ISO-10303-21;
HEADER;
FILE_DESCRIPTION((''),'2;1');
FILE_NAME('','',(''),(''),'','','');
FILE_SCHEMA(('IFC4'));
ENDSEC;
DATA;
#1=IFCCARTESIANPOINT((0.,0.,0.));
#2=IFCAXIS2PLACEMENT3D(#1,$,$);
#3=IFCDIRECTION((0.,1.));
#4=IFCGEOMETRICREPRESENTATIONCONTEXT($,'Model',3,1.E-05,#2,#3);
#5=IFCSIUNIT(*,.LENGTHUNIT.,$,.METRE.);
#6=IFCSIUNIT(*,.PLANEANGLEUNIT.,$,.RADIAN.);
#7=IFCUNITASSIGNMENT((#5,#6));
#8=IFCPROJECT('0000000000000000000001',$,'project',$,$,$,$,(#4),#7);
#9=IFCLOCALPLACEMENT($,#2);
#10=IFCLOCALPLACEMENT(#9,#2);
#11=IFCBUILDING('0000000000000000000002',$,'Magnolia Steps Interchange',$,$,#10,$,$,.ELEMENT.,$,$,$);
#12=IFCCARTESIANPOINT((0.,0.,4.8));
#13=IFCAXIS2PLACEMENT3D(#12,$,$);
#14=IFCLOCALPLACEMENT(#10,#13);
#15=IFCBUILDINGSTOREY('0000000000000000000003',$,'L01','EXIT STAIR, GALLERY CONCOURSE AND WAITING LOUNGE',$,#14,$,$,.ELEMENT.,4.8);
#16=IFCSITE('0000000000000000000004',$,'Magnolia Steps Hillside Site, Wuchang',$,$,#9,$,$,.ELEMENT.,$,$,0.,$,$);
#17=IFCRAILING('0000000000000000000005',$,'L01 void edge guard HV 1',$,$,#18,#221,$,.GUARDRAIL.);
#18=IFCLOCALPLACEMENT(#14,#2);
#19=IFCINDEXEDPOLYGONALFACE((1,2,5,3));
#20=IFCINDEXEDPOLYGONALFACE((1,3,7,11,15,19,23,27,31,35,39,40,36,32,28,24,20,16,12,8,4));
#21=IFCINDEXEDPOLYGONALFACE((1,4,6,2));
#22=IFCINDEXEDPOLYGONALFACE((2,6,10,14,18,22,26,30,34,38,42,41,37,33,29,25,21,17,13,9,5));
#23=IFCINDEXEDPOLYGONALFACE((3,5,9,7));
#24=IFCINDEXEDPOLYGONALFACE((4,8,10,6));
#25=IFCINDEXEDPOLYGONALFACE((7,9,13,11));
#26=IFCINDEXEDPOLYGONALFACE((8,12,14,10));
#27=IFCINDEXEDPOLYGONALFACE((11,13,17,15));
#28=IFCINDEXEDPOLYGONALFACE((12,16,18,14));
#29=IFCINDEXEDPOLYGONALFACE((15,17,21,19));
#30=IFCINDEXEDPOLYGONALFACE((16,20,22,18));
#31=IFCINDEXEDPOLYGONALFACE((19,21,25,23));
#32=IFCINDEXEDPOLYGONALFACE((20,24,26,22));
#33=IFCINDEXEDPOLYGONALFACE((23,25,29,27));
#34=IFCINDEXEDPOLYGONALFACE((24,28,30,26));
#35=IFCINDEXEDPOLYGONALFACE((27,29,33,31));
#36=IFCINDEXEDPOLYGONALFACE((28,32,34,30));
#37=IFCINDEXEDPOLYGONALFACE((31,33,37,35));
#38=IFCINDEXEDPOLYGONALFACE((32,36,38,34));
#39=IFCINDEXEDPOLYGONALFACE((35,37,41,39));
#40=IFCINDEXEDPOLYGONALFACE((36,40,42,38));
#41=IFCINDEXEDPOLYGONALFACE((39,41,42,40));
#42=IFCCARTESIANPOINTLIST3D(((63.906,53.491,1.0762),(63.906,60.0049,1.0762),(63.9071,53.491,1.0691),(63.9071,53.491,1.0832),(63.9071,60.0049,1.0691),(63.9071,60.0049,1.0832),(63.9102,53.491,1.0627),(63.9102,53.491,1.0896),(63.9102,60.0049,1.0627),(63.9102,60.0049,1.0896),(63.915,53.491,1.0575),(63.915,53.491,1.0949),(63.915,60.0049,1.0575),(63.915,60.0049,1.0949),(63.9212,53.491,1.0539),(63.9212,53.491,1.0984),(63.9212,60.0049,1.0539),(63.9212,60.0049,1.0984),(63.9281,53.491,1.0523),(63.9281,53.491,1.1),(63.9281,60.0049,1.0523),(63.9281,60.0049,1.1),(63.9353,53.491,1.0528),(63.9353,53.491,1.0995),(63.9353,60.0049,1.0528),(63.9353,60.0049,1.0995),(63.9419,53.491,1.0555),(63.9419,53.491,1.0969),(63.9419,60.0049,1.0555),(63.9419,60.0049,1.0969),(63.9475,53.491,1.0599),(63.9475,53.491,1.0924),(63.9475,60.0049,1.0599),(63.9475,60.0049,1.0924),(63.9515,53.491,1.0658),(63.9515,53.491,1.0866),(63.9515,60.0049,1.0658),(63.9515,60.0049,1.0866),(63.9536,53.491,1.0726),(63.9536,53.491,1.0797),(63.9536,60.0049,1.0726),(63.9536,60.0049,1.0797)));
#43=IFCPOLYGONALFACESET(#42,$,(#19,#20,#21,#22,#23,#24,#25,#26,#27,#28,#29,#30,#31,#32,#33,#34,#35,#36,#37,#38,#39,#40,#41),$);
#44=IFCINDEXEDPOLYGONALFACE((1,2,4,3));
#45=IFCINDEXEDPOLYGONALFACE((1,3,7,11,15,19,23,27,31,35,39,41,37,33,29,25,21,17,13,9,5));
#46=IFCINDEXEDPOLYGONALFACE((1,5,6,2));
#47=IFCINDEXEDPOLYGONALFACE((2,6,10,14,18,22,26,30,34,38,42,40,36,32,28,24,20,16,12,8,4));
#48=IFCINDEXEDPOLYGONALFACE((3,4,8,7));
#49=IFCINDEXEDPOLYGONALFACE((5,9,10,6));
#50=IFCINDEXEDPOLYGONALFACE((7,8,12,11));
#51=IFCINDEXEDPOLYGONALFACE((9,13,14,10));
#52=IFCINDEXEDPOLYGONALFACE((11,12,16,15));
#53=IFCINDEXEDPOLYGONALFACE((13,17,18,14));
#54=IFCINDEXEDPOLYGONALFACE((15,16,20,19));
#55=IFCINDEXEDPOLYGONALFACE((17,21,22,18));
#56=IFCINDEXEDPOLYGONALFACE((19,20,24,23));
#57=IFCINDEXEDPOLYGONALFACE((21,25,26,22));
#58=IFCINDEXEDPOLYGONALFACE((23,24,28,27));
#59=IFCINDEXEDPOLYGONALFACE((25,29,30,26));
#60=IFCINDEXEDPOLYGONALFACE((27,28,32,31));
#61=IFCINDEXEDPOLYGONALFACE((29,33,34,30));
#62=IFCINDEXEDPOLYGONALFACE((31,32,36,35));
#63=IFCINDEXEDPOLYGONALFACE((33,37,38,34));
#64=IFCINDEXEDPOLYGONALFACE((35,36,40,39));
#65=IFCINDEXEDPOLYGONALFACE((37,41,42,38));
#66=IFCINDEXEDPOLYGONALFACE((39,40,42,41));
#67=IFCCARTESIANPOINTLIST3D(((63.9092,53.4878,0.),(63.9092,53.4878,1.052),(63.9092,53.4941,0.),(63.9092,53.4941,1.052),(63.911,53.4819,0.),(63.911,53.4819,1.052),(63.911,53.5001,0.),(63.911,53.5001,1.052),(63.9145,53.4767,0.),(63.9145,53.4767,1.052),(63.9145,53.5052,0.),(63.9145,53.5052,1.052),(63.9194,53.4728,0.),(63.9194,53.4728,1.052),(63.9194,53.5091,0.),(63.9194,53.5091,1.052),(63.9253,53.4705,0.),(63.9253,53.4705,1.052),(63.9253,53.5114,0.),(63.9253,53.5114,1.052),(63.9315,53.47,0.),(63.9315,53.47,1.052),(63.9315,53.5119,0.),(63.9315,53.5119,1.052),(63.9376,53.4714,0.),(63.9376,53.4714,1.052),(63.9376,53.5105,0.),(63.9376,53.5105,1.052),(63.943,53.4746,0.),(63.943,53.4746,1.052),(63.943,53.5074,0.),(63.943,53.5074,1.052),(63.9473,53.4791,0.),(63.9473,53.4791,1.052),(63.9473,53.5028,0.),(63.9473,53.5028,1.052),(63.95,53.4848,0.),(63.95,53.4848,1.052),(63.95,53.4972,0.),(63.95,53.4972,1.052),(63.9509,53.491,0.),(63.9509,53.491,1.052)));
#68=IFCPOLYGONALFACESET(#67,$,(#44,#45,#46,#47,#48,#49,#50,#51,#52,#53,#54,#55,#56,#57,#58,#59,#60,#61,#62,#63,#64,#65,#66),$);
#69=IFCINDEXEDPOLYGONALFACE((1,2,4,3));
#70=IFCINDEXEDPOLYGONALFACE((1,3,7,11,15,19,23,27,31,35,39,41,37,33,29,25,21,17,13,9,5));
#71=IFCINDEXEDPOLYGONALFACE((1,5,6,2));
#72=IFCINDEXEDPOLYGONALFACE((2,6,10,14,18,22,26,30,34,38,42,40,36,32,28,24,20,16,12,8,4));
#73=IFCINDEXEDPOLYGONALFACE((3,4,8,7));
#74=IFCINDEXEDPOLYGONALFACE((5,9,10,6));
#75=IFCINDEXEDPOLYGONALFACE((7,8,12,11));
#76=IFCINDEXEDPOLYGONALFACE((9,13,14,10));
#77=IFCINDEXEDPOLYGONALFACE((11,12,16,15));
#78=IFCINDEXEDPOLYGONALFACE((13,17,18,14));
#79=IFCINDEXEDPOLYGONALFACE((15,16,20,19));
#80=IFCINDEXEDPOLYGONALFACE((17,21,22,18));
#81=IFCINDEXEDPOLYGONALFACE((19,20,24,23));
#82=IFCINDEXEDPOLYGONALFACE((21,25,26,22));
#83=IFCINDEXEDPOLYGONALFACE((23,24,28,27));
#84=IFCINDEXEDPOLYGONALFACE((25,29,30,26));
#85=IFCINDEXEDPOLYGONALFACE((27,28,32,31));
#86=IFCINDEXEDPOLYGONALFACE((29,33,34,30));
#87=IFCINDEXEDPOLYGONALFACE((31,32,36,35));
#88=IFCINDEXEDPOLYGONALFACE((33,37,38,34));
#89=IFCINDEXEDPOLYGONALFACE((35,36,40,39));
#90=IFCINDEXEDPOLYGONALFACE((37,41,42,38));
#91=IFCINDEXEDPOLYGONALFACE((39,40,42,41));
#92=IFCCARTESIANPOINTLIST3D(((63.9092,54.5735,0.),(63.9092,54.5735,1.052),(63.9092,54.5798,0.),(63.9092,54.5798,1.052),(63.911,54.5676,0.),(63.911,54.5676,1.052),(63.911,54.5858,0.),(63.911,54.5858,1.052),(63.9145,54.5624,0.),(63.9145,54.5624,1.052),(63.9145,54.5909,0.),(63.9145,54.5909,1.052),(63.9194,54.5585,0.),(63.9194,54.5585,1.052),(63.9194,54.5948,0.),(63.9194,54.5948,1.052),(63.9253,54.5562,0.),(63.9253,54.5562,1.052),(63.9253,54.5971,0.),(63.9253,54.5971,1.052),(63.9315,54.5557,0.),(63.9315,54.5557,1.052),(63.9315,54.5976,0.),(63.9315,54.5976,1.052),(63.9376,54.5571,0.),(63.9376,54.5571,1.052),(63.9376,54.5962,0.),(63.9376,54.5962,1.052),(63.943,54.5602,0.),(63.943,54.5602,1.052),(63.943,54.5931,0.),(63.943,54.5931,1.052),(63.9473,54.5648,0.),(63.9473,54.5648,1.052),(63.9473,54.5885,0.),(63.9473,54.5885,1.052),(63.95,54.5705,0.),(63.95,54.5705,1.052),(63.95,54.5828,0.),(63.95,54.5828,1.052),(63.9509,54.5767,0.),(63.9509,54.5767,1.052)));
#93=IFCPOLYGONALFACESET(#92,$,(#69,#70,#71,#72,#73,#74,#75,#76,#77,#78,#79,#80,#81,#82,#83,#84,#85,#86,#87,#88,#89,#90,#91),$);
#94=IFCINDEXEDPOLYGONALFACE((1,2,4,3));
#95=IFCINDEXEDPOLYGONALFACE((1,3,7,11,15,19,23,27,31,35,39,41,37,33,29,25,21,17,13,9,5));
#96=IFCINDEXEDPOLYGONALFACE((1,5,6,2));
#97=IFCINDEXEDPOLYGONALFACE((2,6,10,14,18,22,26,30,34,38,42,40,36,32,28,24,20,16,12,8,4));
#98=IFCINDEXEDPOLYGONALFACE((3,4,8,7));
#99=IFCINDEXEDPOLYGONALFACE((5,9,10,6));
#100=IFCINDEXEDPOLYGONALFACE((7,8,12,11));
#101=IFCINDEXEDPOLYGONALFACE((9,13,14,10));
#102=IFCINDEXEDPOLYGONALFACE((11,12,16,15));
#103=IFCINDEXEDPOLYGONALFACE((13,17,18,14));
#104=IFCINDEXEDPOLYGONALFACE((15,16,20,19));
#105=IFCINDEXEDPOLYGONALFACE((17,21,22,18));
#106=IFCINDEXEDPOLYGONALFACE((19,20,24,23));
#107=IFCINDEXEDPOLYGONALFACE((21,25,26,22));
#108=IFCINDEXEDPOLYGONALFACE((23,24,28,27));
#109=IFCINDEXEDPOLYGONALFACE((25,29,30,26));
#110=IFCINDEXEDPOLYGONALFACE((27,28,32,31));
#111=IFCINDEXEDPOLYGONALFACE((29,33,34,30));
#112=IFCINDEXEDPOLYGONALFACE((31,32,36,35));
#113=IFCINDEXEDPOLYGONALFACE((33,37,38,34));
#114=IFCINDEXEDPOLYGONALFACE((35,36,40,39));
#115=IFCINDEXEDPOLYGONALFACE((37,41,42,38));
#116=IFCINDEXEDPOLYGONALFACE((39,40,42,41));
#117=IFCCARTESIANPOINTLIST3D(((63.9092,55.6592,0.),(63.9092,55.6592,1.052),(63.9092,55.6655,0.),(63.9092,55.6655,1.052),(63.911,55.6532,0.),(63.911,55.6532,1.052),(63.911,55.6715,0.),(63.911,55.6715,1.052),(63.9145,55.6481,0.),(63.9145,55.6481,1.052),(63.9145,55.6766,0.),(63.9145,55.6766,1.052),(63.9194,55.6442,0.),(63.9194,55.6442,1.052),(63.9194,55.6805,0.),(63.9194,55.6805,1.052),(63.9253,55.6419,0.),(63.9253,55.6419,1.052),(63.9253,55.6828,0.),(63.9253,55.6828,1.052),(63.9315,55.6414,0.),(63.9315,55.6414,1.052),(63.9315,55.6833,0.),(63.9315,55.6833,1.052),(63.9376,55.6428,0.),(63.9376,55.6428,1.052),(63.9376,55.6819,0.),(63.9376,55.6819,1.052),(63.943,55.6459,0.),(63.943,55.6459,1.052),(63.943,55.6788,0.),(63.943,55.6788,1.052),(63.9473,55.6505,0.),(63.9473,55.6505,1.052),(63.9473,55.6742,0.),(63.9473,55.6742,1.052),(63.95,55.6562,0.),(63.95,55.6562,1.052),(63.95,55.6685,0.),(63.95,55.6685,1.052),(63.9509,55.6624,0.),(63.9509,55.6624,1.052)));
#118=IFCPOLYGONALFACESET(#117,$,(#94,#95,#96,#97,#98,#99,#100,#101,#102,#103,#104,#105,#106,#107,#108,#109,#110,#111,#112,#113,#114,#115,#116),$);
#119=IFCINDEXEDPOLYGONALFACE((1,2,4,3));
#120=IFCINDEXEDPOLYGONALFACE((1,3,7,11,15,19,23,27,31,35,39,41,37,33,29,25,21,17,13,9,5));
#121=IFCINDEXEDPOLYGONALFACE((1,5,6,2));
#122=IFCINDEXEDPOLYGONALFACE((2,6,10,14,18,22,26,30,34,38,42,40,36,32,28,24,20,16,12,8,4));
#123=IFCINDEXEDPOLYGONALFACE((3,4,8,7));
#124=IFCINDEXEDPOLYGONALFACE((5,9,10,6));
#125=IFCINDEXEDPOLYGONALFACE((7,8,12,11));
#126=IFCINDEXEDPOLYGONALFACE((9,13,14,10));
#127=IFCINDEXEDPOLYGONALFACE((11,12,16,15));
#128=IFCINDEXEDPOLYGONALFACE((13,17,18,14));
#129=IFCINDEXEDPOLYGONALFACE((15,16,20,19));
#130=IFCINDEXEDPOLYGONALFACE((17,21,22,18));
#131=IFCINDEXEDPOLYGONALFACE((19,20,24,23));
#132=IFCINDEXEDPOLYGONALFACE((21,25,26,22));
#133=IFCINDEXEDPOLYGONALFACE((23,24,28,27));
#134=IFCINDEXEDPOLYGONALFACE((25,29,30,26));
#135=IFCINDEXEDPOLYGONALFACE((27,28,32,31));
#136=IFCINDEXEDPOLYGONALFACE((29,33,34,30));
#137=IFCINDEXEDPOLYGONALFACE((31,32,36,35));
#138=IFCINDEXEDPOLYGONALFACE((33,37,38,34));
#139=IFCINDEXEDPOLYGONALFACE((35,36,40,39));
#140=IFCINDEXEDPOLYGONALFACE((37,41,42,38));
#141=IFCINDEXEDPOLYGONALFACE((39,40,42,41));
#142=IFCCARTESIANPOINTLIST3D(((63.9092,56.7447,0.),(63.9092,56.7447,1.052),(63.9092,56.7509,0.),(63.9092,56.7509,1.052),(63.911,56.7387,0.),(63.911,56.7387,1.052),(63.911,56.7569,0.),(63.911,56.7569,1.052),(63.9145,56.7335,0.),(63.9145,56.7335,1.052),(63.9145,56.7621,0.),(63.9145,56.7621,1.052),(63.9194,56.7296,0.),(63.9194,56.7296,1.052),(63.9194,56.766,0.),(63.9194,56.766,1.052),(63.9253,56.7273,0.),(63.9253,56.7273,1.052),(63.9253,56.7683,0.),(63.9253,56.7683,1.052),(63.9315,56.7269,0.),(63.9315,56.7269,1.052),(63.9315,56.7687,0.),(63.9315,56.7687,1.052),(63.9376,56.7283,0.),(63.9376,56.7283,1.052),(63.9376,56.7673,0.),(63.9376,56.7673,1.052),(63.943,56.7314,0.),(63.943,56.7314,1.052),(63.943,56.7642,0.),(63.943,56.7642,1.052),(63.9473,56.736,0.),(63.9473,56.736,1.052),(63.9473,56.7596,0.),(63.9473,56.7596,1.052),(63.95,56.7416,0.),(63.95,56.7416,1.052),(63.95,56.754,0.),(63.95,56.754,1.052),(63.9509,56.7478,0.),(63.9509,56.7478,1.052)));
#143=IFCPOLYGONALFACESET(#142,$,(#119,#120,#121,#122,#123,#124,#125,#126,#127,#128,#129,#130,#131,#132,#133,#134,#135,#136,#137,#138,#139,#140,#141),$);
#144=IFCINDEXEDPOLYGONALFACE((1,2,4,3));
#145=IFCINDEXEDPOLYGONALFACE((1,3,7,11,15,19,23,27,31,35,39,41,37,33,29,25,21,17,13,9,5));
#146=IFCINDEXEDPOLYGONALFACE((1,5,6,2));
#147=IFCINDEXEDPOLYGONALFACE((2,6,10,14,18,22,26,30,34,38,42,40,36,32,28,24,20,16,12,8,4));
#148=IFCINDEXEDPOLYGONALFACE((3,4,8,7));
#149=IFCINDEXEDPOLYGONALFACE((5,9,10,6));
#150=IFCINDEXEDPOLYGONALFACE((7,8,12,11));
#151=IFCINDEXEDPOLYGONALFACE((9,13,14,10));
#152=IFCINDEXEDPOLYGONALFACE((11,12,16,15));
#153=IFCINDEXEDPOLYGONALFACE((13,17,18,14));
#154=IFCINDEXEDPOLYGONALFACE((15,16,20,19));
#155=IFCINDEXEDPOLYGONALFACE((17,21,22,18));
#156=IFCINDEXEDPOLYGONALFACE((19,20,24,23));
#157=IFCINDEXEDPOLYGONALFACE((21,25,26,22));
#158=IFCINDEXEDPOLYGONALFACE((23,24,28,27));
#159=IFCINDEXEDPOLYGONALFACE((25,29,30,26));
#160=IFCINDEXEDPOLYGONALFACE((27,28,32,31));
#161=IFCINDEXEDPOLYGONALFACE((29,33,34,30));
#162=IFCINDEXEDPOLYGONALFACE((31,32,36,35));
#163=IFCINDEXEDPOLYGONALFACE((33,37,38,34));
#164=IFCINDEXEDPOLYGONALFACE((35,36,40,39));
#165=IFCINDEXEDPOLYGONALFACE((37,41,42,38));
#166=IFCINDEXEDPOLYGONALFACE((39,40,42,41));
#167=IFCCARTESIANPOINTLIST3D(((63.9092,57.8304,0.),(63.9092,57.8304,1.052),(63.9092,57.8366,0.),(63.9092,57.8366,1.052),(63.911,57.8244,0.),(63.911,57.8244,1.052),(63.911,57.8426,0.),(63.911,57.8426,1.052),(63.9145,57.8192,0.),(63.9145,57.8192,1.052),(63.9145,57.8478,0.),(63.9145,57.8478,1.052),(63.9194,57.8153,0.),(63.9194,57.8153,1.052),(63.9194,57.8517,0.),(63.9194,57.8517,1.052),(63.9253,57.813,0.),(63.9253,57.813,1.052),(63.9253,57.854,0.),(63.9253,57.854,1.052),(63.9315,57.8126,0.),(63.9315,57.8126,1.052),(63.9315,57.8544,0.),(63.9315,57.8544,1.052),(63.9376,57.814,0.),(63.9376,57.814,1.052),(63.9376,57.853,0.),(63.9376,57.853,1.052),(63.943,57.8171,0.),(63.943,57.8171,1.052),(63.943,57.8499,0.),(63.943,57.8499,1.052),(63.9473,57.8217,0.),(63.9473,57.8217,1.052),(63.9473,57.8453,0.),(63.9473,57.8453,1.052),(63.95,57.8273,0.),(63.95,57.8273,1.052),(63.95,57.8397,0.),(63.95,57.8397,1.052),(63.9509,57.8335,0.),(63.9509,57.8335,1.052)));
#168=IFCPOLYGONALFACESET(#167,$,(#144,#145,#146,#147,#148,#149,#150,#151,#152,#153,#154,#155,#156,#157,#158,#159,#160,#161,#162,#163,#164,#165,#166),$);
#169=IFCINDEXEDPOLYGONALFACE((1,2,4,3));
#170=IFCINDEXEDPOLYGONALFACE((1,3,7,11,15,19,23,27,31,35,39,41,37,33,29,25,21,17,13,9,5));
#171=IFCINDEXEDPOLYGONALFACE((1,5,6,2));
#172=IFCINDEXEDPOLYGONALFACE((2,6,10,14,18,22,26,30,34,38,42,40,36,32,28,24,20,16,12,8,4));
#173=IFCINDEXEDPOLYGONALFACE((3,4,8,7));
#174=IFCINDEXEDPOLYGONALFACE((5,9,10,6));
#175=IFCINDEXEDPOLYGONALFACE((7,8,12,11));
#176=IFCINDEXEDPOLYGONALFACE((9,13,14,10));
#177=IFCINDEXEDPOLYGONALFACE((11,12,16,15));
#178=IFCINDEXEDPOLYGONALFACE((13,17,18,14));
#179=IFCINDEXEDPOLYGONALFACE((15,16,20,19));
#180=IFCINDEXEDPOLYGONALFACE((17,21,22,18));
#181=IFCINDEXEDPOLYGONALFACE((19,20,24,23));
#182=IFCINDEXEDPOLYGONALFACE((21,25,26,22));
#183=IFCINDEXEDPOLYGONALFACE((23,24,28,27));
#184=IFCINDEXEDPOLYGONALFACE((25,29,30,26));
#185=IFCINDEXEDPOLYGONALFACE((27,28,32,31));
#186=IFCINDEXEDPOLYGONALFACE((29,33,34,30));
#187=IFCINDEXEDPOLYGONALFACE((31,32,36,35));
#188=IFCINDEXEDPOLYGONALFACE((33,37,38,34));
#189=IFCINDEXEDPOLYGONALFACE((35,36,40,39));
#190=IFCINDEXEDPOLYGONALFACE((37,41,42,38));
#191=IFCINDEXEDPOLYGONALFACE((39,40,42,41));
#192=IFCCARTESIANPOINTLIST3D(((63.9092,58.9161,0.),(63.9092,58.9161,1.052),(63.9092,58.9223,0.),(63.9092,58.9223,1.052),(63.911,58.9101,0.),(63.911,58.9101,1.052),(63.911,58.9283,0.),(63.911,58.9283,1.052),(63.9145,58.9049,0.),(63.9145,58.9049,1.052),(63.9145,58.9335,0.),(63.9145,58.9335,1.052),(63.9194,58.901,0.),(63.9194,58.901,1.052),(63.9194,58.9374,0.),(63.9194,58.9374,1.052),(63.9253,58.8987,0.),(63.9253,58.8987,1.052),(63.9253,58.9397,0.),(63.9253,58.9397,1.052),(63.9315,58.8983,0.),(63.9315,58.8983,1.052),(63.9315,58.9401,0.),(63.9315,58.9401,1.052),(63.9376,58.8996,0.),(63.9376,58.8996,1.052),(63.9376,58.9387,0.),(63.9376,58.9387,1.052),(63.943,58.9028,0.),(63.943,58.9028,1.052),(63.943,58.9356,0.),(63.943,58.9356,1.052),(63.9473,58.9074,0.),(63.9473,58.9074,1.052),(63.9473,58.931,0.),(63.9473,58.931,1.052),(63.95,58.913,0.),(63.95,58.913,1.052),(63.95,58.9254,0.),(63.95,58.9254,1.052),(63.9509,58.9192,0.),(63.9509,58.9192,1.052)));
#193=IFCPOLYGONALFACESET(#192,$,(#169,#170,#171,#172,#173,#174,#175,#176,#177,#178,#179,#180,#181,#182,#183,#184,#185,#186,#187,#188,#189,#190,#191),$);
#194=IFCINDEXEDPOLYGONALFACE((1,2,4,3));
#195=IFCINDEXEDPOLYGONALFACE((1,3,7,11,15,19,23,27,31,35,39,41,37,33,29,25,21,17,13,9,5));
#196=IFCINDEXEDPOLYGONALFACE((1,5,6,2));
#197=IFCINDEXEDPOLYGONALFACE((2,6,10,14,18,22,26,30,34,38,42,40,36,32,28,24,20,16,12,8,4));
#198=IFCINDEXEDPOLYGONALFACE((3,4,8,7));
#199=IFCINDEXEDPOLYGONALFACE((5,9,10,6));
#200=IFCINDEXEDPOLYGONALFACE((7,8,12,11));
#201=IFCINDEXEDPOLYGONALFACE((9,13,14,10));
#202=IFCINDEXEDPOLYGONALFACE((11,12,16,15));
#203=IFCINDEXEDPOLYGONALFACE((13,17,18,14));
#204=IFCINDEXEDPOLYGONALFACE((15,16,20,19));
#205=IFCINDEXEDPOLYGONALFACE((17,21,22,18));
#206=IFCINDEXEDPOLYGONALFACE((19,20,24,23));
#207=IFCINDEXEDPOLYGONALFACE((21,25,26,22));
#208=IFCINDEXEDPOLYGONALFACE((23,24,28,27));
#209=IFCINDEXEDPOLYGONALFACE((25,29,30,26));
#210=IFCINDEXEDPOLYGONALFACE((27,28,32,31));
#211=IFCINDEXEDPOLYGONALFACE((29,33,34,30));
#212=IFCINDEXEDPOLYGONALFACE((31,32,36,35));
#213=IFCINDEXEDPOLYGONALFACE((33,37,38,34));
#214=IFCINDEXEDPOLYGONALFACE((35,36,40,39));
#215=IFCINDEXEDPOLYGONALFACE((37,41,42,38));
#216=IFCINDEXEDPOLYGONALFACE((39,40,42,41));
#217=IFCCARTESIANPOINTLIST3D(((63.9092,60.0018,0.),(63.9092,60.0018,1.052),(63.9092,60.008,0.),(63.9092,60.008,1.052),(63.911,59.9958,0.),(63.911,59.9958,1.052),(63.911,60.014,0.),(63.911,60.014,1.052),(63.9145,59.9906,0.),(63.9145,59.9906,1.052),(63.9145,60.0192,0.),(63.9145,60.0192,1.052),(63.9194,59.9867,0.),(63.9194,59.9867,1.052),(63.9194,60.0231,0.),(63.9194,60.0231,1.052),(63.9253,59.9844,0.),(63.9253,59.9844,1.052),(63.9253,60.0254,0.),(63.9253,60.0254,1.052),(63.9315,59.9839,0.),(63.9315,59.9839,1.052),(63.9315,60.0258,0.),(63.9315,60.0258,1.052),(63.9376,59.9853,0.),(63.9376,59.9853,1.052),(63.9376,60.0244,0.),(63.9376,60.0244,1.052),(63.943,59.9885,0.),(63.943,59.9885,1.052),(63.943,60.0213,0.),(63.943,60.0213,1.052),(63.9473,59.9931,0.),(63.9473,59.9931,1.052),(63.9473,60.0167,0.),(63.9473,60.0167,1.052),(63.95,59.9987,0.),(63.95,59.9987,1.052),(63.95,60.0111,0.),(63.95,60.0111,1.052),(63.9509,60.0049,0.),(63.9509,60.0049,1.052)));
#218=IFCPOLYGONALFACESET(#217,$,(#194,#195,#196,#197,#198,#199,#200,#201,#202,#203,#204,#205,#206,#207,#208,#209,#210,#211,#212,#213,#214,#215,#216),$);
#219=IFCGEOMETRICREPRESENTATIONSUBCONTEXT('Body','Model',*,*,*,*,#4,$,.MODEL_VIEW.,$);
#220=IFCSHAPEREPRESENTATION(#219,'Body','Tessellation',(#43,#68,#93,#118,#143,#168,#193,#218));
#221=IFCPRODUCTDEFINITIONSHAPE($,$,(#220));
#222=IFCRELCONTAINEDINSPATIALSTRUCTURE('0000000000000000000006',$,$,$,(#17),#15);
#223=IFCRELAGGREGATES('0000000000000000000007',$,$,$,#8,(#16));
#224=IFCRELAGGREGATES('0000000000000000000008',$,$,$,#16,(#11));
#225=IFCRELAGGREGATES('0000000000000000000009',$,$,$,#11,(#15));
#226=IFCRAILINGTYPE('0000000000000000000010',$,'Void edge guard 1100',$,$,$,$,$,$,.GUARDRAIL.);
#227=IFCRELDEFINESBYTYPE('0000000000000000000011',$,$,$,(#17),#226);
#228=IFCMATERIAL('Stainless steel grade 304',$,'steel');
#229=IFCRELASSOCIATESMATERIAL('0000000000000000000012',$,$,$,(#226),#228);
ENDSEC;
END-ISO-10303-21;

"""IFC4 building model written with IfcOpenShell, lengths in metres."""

from ifc_helpers import new_model, si_unit, direction, frame, origin, origin_2d, place, context, subcontext, project, spatial, circle, extrude, material, type_object, element, save


model = new_model("IFC4")

# Units and contexts
model_context = context("Model", 3, precision=1e-05, world=origin(), true_north=direction((0.0, 1.0)))
body_context = subcontext(model_context, "Body", "Model", "MODEL_VIEW")
ifc_project = project(units=[si_unit("LENGTHUNIT", "METRE"), si_unit("PLANEANGLEUNIT", "RADIAN")], contexts=[model_context])

# Site, building, storey
site_placement = place(None, origin())
site = spatial("IfcSite", under=ifc_project, at=site_placement, Name="Magnolia Steps Hillside Site, Wuchang", CompositionType="ELEMENT", RefElevation=0.0)
building_placement = place(site_placement, origin())
building = spatial("IfcBuilding", under=site, at=building_placement, Name="Magnolia Steps Interchange", CompositionType="ELEMENT")
storey_placement = place(building_placement, frame((0.0, 0.0, 4.8)))
storey = spatial("IfcBuildingStorey", under=building, at=storey_placement, Name="L01", Description="EXIT STAIR, GALLERY CONCOURSE AND WAITING LOUNGE", CompositionType="ELEMENT", Elevation=4.8)

# Railing
ifc_material_1 = material(Name="Stainless steel grade 304", Category="steel")
railing_type_1 = type_object("IfcRailingType", Name="Void edge guard 1100", PredefinedType="GUARDRAIL", material=ifc_material_1)
railing_1_placement = place(storey_placement, frame((63.9299, 53.491, 0.0)))
element("IfcRailing", 1, at=railing_1_placement, inside=storey, type_object=railing_type_1, Name="L01 void edge guard HV 1", PredefinedType="GUARDRAIL", context=body_context, shape_type="SweptSolid", body=[
    extrude(circle(Radius=0.0239, at=origin_2d()), frame((0.0, 0.0, 1.0762), z_axis=(0.0, 1.0, 0.0), x_axis=(-1.0, 0.0, 0.0)), (0.0, 0.0, 1.0), 6.5139),
    extrude(circle(Radius=0.021, at=origin_2d()), origin(), (0.0, 0.0, 1.0), 1.052),
    extrude(circle(Radius=0.021, at=origin_2d()), frame((0.0, 1.0857, 0.0)), (0.0, 0.0, 1.0), 1.052),
    extrude(circle(Radius=0.021, at=origin_2d()), frame((0.0, 2.1714, 0.0)), (0.0, 0.0, 1.0), 1.052),
    extrude(circle(Radius=0.021, at=origin_2d()), frame((0.0, 3.2568, 0.0)), (0.0, 0.0, 1.0), 1.052),
    extrude(circle(Radius=0.021, at=origin_2d()), frame((0.0, 4.3425, 0.0)), (0.0, 0.0, 1.0), 1.052),
    extrude(circle(Radius=0.021, at=origin_2d()), frame((0.0, 5.4282, 0.0)), (0.0, 0.0, 1.0), 1.052),
    extrude(circle(Radius=0.021, at=origin_2d()), frame((0.0, 6.5139, 0.0)), (0.0, 0.0, 1.0), 1.052),
])

save(model, "model.ifc")
